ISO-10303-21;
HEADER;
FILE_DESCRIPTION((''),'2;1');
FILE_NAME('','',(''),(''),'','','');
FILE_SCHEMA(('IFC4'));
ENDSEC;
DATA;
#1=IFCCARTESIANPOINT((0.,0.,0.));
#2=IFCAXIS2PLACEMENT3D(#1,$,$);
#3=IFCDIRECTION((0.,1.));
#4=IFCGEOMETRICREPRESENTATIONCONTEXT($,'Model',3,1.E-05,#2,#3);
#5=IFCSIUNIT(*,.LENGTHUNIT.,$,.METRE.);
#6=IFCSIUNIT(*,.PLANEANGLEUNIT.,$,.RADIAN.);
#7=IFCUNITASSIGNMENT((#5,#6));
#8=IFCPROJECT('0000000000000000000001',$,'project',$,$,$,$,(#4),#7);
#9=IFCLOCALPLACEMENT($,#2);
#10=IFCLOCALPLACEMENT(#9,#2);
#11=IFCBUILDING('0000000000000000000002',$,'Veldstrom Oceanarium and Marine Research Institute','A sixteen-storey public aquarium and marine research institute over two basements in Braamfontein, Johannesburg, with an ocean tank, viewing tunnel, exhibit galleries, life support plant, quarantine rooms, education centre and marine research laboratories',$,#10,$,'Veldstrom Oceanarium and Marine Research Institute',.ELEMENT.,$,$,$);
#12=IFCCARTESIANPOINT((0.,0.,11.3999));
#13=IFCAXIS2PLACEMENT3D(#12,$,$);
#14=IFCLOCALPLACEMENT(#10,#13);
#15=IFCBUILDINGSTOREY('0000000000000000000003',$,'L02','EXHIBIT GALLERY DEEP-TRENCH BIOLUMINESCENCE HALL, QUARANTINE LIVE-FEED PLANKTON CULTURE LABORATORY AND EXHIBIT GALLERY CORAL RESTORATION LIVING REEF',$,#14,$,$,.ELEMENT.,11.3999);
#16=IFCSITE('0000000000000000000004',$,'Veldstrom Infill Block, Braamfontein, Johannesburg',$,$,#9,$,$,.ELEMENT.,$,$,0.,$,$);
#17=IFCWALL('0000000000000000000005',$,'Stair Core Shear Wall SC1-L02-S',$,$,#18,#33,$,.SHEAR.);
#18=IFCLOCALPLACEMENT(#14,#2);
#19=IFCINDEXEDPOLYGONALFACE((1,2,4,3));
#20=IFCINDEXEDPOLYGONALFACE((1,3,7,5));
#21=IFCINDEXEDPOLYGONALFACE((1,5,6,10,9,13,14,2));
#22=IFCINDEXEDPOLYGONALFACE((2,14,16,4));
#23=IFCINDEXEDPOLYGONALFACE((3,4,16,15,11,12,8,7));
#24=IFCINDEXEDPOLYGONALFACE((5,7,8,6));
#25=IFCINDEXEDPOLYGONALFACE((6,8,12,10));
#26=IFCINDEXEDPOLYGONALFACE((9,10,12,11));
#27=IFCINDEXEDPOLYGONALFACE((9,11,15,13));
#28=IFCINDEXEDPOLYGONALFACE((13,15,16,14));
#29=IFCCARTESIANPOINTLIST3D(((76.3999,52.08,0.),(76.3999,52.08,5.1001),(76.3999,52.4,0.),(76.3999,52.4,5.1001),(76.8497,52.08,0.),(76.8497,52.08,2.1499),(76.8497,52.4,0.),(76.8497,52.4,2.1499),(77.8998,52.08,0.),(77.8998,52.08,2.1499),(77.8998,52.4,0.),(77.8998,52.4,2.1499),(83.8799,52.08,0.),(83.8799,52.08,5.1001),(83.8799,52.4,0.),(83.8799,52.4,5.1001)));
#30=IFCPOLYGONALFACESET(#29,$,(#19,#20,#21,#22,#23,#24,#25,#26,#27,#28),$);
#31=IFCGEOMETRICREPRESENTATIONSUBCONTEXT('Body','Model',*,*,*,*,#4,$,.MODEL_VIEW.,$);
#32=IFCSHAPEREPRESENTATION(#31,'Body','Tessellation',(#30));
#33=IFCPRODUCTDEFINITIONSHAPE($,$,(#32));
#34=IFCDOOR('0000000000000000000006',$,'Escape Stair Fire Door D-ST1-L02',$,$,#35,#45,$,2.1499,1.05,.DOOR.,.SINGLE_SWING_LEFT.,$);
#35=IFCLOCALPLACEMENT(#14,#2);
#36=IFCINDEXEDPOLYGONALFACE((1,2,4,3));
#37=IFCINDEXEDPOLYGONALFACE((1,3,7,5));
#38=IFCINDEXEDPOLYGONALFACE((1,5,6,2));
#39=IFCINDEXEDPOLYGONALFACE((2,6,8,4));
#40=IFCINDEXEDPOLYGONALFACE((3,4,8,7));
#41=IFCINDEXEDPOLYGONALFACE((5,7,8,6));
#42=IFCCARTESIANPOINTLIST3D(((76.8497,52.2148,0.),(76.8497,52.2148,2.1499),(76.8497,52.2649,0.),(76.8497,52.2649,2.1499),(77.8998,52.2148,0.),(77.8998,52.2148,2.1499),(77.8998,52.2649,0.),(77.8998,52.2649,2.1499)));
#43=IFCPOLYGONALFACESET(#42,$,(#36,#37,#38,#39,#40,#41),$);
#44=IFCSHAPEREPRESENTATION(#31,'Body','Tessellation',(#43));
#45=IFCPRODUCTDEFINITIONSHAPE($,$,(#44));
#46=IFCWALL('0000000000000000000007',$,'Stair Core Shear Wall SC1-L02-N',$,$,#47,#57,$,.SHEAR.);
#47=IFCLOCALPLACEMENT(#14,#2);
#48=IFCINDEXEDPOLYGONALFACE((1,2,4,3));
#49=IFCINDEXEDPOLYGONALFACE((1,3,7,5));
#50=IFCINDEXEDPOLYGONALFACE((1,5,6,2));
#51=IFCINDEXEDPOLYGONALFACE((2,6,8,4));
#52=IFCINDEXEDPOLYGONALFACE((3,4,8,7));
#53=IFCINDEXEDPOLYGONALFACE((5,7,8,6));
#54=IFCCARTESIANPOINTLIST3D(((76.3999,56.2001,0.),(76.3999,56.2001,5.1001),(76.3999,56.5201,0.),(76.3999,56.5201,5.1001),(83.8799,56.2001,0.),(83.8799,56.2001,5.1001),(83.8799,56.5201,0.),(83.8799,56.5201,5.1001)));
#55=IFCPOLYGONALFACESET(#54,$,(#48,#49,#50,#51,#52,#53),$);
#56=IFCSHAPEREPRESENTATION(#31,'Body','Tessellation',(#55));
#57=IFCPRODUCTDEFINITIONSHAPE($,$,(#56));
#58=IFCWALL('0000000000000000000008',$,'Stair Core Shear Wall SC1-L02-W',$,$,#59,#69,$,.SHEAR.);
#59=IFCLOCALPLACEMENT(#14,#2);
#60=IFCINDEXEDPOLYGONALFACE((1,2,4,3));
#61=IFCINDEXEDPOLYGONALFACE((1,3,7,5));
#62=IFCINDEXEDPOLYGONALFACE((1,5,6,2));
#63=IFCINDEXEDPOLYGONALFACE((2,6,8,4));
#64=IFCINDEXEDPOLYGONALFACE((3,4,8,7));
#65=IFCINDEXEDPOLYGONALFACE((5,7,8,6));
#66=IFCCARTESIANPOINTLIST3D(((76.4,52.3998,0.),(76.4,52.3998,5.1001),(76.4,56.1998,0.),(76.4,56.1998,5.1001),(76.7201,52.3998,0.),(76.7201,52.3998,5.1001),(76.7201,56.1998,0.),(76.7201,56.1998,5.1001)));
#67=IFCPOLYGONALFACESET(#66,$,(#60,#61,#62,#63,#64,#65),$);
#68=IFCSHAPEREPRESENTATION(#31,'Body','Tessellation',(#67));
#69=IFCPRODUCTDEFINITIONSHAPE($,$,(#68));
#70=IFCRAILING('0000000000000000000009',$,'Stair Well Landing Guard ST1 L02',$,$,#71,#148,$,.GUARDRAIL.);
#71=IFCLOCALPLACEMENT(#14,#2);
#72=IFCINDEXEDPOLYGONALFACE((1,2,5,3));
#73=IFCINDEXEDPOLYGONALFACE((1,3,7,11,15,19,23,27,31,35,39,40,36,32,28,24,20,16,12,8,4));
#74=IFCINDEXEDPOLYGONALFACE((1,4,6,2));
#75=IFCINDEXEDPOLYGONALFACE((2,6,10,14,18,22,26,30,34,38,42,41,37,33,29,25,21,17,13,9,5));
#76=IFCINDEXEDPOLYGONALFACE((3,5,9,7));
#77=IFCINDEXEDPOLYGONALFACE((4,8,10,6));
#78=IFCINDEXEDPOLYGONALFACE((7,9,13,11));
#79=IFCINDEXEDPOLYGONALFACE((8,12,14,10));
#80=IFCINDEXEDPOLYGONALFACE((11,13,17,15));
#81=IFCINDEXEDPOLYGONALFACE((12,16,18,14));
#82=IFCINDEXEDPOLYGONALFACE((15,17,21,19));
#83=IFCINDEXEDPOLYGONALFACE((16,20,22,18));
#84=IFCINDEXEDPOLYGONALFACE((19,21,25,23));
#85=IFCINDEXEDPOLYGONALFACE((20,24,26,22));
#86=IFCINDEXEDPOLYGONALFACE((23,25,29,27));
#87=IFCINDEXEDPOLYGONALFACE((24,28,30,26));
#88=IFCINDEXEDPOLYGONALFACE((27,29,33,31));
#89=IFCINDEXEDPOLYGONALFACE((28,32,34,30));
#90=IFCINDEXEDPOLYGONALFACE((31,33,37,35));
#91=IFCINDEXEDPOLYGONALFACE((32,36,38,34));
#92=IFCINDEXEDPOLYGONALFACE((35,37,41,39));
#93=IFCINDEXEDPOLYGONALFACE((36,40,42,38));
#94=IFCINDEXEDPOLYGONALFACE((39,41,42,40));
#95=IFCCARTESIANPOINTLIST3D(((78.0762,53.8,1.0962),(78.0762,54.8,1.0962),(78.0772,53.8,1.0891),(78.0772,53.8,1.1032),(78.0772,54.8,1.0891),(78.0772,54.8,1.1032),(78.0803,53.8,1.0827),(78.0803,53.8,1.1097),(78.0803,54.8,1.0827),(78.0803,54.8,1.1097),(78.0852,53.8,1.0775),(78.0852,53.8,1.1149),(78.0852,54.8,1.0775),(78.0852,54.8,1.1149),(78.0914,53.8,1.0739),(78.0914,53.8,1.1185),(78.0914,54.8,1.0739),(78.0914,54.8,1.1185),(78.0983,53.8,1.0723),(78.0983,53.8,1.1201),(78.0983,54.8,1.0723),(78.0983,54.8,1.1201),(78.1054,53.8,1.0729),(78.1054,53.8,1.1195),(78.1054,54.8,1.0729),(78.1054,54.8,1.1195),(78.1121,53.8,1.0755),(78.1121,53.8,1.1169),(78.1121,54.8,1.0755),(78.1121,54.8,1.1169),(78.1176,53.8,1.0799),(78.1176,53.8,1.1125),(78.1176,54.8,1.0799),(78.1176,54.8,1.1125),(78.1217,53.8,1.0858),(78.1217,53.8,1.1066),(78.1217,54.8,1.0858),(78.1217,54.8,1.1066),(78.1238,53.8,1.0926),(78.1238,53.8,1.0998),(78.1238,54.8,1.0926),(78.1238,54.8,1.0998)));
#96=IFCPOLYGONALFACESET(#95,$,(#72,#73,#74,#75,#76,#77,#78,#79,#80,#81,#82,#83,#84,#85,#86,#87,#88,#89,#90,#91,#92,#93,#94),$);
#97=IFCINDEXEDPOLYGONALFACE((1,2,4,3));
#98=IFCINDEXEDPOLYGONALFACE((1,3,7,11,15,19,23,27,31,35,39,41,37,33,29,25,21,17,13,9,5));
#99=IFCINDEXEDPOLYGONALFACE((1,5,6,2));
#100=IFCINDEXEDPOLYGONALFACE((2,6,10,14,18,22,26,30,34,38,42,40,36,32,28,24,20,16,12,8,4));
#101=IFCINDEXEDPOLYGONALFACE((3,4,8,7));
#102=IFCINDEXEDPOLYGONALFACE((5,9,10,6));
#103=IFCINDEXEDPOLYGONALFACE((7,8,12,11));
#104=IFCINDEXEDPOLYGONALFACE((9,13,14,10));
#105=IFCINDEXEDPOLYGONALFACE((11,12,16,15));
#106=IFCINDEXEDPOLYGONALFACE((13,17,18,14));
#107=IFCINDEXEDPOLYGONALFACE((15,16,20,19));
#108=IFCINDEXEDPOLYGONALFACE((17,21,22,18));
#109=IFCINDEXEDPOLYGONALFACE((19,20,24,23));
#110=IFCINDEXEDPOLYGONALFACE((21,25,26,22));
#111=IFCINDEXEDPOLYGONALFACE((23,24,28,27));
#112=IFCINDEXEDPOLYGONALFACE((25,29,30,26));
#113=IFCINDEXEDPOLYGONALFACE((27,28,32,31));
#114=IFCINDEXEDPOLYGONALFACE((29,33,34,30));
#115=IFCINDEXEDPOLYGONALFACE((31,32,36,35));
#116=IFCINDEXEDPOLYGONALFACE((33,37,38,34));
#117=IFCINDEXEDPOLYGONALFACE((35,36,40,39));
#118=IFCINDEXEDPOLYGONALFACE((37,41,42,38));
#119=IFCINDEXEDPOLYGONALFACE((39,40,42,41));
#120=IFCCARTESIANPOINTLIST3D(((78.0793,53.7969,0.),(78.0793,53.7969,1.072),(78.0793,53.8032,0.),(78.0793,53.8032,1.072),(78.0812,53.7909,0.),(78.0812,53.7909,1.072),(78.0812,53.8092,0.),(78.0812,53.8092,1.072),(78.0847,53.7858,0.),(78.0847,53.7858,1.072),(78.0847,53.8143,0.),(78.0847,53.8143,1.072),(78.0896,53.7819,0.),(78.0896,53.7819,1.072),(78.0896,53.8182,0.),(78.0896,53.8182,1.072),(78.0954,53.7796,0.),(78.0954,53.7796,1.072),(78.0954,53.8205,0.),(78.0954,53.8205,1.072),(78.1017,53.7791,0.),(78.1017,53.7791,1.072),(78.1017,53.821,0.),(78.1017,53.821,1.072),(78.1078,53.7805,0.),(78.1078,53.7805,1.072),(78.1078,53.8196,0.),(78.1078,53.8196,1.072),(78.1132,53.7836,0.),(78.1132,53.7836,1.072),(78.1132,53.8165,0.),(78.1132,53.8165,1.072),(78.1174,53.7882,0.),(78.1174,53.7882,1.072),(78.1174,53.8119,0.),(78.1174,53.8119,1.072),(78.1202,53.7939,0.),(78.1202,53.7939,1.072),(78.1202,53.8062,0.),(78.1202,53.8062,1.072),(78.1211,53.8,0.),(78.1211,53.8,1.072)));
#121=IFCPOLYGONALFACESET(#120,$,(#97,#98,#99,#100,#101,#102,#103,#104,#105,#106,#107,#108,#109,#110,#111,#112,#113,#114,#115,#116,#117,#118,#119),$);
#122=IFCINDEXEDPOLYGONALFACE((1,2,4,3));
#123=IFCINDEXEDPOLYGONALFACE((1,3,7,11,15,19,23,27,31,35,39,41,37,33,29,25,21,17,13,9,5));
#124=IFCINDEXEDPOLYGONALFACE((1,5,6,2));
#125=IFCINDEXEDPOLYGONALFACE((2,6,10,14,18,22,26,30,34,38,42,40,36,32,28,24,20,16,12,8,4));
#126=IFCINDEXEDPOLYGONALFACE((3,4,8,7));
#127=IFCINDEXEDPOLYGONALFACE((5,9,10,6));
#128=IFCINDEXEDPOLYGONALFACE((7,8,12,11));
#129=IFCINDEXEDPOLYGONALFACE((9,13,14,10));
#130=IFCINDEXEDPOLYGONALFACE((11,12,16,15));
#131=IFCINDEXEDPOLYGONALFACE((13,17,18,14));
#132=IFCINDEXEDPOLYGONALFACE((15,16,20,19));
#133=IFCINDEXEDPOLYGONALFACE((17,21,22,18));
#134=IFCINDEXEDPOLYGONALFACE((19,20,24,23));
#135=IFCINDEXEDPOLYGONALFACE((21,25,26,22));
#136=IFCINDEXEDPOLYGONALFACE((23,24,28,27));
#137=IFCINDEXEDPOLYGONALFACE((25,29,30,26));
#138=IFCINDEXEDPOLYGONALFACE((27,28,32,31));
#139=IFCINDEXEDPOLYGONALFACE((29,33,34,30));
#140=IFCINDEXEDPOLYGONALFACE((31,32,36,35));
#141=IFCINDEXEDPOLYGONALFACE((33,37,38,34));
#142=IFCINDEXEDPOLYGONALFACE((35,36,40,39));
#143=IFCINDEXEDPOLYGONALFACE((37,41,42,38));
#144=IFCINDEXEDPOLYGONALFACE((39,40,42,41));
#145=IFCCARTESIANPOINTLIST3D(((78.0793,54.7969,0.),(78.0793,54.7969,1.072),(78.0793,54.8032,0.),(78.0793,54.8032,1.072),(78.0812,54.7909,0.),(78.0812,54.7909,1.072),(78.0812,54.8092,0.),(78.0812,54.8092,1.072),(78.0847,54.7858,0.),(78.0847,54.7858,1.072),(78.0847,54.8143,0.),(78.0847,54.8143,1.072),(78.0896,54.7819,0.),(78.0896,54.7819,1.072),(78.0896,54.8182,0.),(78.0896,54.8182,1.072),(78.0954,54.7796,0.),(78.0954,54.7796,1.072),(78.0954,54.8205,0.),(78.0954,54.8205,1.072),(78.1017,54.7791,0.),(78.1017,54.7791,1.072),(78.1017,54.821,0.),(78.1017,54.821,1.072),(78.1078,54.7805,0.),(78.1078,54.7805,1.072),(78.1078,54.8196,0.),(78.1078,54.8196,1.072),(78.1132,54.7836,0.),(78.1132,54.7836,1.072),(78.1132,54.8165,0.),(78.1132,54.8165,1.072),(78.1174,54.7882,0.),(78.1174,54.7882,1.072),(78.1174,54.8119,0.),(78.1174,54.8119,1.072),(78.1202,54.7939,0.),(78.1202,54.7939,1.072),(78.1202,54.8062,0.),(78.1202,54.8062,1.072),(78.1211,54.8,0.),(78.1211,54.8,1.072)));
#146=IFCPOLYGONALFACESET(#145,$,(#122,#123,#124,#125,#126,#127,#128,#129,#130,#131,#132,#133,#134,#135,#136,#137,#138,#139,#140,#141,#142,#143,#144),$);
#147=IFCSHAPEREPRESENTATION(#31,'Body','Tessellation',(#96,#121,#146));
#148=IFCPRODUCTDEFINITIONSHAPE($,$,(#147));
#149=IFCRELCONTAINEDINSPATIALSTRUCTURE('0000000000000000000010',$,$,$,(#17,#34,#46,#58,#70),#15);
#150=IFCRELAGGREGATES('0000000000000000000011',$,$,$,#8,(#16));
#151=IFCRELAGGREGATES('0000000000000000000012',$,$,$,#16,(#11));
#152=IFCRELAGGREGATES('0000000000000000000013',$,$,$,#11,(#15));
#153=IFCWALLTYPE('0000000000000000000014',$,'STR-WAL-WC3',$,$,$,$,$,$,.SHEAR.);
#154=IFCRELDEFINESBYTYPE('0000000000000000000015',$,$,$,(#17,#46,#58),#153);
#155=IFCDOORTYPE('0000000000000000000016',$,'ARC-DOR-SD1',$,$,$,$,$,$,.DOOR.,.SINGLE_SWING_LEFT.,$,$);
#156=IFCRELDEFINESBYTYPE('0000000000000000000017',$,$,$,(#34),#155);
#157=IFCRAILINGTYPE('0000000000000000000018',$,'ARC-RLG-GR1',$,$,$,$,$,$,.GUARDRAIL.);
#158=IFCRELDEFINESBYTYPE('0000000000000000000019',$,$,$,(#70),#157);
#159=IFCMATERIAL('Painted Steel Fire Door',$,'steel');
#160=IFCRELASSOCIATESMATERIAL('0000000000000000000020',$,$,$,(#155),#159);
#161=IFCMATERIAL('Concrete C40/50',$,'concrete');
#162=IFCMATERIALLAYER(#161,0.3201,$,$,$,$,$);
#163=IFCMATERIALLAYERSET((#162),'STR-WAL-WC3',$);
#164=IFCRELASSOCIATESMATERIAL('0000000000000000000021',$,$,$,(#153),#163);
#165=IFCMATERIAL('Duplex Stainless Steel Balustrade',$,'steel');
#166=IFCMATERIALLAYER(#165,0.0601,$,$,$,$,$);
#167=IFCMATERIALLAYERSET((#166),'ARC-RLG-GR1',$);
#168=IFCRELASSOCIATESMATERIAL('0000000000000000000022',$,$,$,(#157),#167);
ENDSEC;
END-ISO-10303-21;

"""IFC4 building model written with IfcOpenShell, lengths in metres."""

from ifc_helpers import new_model, si_unit, direction, frame, frame_2d, origin, origin_2d, place, context, subcontext, project, spatial, rectangle, circle, extrude, material, layer, layer_set, type_object, element, fill, save


model = new_model("IFC4")

# Units and contexts
model_context = context("Model", 3, precision=1e-05, world=origin(), true_north=direction((0.0, 1.0)))
body_context = subcontext(model_context, "Body", "Model", "MODEL_VIEW")
ifc_project = project(units=[si_unit("LENGTHUNIT", "METRE"), si_unit("PLANEANGLEUNIT", "RADIAN")], contexts=[model_context])

# Site, building, storey
site_placement = place(None, origin())
site = spatial("IfcSite", under=ifc_project, at=site_placement, Name="Veldstrom Infill Block, Braamfontein, Johannesburg", CompositionType="ELEMENT", RefElevation=0.0)
building_placement = place(site_placement, origin())
building = spatial("IfcBuilding", under=site, at=building_placement, Name="Veldstrom Oceanarium and Marine Research Institute", Description="A sixteen-storey public aquarium and marine research institute over two basements in Braamfontein, Johannesburg, with an ocean tank, viewing tunnel, exhibit galleries, life support plant, quarantine rooms, education centre and marine research laboratories", LongName="Veldstrom Oceanarium and Marine Research Institute", CompositionType="ELEMENT")
storey_placement = place(building_placement, frame((0.0, 0.0, 11.3999)))
storey = spatial("IfcBuildingStorey", under=building, at=storey_placement, Name="L02", Description="EXHIBIT GALLERY DEEP-TRENCH BIOLUMINESCENCE HALL, QUARANTINE LIVE-FEED PLANKTON CULTURE LABORATORY AND EXHIBIT GALLERY CORAL RESTORATION LIVING REEF", CompositionType="ELEMENT", Elevation=11.3999)

# Shared definitions
ifc_material_1 = material(Name="Painted Steel Fire Door", Category="steel")
door_type_1 = type_object("IfcDoorType", Name="ARC-DOR-SD1", OperationType="SINGLE_SWING_LEFT", PredefinedType="DOOR", material=ifc_material_1)

# Wall, opening, door
ifc_material_2 = material(Name="Concrete C40/50", Category="concrete")
ifc_layer_1 = layer(ifc_material_2, 0.3201)
ifc_layer_set_1 = layer_set([ifc_layer_1], Name="STR-WAL-WC3")
wall_type_1 = type_object("IfcWallType", Name="STR-WAL-WC3", PredefinedType="SHEAR", material=ifc_layer_set_1)
wall_1_placement = place(storey_placement, frame((76.3999, 52.24, 0.0), z_axis=(0.0, 0.0, 1.0), x_axis=(1.0, 0.0, 0.0)))
wall_1 = element("IfcWall", 1, at=wall_1_placement, inside=storey, type_object=wall_type_1, Name="Stair Core Shear Wall SC1-L02-S", PredefinedType="SHEAR", context=body_context, shape_type="SweptSolid", body=[
    extrude(rectangle(XDim=7.48, YDim=0.3201, at=frame_2d((3.74, 0.0))), origin(), (0.0, 0.0, 1.0), 5.1001),
])
opening_1_placement = place(wall_1_placement, frame((0.45, 0.0, 0.0)))
opening_1 = element("IfcOpeningElement", 2, at=opening_1_placement, cuts=wall_1, PredefinedType="OPENING", context=body_context, shape_type="SweptSolid", body=[
    extrude(rectangle(XDim=1.05, YDim=2.1499, at=frame_2d((0.5249, 1.075))), frame((0.0, 0.1699, 0.0), z_axis=(0.0, -1.0, 0.0), x_axis=(1.0, 0.0, 0.0)), (0.0, 0.0, 1.0), 0.3401),
])
door_1_placement = place(opening_1_placement, origin())
door_1 = element("IfcDoor", 3, at=door_1_placement, inside=storey, type_object=door_type_1, Name="Escape Stair Fire Door D-ST1-L02", OperationType="SINGLE_SWING_LEFT", OverallHeight=2.1499, OverallWidth=1.05, PredefinedType="DOOR", context=body_context, shape_type="SweptSolid", body=[
    extrude(rectangle(XDim=1.05, YDim=2.1499, at=frame_2d((0.5249, 1.075))), frame((0.0, 0.0249, 0.0), z_axis=(0.0, -1.0, 0.0), x_axis=(1.0, 0.0, 0.0)), (0.0, 0.0, 1.0), 0.05),
])
fill(opening_1, door_1)

# Walls
wall_2_placement = place(storey_placement, frame((76.3999, 56.3601, 0.0), z_axis=(0.0, 0.0, 1.0), x_axis=(1.0, 0.0, 0.0)))
element("IfcWall", 4, at=wall_2_placement, inside=storey, type_object=wall_type_1, Name="Stair Core Shear Wall SC1-L02-N", PredefinedType="SHEAR", context=body_context, shape_type="SweptSolid", body=[
    extrude(rectangle(XDim=7.48, YDim=0.3201, at=frame_2d((3.74, 0.0))), origin(), (0.0, 0.0, 1.0), 5.1001),
])
wall_3_placement = place(storey_placement, frame((76.5601, 52.3999, 0.0), z_axis=(0.0, 0.0, 1.0), x_axis=(0.0, 1.0, 0.0)))
element("IfcWall", 5, at=wall_3_placement, inside=storey, type_object=wall_type_1, Name="Stair Core Shear Wall SC1-L02-W", PredefinedType="SHEAR", context=body_context, shape_type="SweptSolid", body=[
    extrude(rectangle(XDim=3.8, YDim=0.3201, at=frame_2d((1.8999, 0.0))), origin(), (0.0, 0.0, 1.0), 5.1001),
])

# Railing
ifc_material_3 = material(Name="Duplex Stainless Steel Balustrade", Category="steel")
ifc_layer_2 = layer(ifc_material_3, 0.0601)
ifc_layer_set_2 = layer_set([ifc_layer_2], Name="ARC-RLG-GR1")
railing_type_1 = type_object("IfcRailingType", Name="ARC-RLG-GR1", PredefinedType="GUARDRAIL", material=ifc_layer_set_2)
railing_1_placement = place(storey_placement, frame((78.1001, 53.8, 0.0)))
element("IfcRailing", 6, at=railing_1_placement, inside=storey, type_object=railing_type_1, Name="Stair Well Landing Guard ST1 L02", PredefinedType="GUARDRAIL", context=body_context, shape_type="SweptSolid", body=[
    extrude(circle(Radius=0.0239, at=origin_2d()), frame((0.0, 0.0, 1.0962), z_axis=(0.0, 1.0, 0.0), x_axis=(-1.0, 0.0, 0.0)), (0.0, 0.0, 1.0), 1.0),
    extrude(circle(Radius=0.021, at=origin_2d()), origin(), (0.0, 0.0, 1.0), 1.072),
    extrude(circle(Radius=0.021, at=origin_2d()), frame((0.0, 1.0, 0.0)), (0.0, 0.0, 1.0), 1.072),
])

save(model, "model.ifc")
